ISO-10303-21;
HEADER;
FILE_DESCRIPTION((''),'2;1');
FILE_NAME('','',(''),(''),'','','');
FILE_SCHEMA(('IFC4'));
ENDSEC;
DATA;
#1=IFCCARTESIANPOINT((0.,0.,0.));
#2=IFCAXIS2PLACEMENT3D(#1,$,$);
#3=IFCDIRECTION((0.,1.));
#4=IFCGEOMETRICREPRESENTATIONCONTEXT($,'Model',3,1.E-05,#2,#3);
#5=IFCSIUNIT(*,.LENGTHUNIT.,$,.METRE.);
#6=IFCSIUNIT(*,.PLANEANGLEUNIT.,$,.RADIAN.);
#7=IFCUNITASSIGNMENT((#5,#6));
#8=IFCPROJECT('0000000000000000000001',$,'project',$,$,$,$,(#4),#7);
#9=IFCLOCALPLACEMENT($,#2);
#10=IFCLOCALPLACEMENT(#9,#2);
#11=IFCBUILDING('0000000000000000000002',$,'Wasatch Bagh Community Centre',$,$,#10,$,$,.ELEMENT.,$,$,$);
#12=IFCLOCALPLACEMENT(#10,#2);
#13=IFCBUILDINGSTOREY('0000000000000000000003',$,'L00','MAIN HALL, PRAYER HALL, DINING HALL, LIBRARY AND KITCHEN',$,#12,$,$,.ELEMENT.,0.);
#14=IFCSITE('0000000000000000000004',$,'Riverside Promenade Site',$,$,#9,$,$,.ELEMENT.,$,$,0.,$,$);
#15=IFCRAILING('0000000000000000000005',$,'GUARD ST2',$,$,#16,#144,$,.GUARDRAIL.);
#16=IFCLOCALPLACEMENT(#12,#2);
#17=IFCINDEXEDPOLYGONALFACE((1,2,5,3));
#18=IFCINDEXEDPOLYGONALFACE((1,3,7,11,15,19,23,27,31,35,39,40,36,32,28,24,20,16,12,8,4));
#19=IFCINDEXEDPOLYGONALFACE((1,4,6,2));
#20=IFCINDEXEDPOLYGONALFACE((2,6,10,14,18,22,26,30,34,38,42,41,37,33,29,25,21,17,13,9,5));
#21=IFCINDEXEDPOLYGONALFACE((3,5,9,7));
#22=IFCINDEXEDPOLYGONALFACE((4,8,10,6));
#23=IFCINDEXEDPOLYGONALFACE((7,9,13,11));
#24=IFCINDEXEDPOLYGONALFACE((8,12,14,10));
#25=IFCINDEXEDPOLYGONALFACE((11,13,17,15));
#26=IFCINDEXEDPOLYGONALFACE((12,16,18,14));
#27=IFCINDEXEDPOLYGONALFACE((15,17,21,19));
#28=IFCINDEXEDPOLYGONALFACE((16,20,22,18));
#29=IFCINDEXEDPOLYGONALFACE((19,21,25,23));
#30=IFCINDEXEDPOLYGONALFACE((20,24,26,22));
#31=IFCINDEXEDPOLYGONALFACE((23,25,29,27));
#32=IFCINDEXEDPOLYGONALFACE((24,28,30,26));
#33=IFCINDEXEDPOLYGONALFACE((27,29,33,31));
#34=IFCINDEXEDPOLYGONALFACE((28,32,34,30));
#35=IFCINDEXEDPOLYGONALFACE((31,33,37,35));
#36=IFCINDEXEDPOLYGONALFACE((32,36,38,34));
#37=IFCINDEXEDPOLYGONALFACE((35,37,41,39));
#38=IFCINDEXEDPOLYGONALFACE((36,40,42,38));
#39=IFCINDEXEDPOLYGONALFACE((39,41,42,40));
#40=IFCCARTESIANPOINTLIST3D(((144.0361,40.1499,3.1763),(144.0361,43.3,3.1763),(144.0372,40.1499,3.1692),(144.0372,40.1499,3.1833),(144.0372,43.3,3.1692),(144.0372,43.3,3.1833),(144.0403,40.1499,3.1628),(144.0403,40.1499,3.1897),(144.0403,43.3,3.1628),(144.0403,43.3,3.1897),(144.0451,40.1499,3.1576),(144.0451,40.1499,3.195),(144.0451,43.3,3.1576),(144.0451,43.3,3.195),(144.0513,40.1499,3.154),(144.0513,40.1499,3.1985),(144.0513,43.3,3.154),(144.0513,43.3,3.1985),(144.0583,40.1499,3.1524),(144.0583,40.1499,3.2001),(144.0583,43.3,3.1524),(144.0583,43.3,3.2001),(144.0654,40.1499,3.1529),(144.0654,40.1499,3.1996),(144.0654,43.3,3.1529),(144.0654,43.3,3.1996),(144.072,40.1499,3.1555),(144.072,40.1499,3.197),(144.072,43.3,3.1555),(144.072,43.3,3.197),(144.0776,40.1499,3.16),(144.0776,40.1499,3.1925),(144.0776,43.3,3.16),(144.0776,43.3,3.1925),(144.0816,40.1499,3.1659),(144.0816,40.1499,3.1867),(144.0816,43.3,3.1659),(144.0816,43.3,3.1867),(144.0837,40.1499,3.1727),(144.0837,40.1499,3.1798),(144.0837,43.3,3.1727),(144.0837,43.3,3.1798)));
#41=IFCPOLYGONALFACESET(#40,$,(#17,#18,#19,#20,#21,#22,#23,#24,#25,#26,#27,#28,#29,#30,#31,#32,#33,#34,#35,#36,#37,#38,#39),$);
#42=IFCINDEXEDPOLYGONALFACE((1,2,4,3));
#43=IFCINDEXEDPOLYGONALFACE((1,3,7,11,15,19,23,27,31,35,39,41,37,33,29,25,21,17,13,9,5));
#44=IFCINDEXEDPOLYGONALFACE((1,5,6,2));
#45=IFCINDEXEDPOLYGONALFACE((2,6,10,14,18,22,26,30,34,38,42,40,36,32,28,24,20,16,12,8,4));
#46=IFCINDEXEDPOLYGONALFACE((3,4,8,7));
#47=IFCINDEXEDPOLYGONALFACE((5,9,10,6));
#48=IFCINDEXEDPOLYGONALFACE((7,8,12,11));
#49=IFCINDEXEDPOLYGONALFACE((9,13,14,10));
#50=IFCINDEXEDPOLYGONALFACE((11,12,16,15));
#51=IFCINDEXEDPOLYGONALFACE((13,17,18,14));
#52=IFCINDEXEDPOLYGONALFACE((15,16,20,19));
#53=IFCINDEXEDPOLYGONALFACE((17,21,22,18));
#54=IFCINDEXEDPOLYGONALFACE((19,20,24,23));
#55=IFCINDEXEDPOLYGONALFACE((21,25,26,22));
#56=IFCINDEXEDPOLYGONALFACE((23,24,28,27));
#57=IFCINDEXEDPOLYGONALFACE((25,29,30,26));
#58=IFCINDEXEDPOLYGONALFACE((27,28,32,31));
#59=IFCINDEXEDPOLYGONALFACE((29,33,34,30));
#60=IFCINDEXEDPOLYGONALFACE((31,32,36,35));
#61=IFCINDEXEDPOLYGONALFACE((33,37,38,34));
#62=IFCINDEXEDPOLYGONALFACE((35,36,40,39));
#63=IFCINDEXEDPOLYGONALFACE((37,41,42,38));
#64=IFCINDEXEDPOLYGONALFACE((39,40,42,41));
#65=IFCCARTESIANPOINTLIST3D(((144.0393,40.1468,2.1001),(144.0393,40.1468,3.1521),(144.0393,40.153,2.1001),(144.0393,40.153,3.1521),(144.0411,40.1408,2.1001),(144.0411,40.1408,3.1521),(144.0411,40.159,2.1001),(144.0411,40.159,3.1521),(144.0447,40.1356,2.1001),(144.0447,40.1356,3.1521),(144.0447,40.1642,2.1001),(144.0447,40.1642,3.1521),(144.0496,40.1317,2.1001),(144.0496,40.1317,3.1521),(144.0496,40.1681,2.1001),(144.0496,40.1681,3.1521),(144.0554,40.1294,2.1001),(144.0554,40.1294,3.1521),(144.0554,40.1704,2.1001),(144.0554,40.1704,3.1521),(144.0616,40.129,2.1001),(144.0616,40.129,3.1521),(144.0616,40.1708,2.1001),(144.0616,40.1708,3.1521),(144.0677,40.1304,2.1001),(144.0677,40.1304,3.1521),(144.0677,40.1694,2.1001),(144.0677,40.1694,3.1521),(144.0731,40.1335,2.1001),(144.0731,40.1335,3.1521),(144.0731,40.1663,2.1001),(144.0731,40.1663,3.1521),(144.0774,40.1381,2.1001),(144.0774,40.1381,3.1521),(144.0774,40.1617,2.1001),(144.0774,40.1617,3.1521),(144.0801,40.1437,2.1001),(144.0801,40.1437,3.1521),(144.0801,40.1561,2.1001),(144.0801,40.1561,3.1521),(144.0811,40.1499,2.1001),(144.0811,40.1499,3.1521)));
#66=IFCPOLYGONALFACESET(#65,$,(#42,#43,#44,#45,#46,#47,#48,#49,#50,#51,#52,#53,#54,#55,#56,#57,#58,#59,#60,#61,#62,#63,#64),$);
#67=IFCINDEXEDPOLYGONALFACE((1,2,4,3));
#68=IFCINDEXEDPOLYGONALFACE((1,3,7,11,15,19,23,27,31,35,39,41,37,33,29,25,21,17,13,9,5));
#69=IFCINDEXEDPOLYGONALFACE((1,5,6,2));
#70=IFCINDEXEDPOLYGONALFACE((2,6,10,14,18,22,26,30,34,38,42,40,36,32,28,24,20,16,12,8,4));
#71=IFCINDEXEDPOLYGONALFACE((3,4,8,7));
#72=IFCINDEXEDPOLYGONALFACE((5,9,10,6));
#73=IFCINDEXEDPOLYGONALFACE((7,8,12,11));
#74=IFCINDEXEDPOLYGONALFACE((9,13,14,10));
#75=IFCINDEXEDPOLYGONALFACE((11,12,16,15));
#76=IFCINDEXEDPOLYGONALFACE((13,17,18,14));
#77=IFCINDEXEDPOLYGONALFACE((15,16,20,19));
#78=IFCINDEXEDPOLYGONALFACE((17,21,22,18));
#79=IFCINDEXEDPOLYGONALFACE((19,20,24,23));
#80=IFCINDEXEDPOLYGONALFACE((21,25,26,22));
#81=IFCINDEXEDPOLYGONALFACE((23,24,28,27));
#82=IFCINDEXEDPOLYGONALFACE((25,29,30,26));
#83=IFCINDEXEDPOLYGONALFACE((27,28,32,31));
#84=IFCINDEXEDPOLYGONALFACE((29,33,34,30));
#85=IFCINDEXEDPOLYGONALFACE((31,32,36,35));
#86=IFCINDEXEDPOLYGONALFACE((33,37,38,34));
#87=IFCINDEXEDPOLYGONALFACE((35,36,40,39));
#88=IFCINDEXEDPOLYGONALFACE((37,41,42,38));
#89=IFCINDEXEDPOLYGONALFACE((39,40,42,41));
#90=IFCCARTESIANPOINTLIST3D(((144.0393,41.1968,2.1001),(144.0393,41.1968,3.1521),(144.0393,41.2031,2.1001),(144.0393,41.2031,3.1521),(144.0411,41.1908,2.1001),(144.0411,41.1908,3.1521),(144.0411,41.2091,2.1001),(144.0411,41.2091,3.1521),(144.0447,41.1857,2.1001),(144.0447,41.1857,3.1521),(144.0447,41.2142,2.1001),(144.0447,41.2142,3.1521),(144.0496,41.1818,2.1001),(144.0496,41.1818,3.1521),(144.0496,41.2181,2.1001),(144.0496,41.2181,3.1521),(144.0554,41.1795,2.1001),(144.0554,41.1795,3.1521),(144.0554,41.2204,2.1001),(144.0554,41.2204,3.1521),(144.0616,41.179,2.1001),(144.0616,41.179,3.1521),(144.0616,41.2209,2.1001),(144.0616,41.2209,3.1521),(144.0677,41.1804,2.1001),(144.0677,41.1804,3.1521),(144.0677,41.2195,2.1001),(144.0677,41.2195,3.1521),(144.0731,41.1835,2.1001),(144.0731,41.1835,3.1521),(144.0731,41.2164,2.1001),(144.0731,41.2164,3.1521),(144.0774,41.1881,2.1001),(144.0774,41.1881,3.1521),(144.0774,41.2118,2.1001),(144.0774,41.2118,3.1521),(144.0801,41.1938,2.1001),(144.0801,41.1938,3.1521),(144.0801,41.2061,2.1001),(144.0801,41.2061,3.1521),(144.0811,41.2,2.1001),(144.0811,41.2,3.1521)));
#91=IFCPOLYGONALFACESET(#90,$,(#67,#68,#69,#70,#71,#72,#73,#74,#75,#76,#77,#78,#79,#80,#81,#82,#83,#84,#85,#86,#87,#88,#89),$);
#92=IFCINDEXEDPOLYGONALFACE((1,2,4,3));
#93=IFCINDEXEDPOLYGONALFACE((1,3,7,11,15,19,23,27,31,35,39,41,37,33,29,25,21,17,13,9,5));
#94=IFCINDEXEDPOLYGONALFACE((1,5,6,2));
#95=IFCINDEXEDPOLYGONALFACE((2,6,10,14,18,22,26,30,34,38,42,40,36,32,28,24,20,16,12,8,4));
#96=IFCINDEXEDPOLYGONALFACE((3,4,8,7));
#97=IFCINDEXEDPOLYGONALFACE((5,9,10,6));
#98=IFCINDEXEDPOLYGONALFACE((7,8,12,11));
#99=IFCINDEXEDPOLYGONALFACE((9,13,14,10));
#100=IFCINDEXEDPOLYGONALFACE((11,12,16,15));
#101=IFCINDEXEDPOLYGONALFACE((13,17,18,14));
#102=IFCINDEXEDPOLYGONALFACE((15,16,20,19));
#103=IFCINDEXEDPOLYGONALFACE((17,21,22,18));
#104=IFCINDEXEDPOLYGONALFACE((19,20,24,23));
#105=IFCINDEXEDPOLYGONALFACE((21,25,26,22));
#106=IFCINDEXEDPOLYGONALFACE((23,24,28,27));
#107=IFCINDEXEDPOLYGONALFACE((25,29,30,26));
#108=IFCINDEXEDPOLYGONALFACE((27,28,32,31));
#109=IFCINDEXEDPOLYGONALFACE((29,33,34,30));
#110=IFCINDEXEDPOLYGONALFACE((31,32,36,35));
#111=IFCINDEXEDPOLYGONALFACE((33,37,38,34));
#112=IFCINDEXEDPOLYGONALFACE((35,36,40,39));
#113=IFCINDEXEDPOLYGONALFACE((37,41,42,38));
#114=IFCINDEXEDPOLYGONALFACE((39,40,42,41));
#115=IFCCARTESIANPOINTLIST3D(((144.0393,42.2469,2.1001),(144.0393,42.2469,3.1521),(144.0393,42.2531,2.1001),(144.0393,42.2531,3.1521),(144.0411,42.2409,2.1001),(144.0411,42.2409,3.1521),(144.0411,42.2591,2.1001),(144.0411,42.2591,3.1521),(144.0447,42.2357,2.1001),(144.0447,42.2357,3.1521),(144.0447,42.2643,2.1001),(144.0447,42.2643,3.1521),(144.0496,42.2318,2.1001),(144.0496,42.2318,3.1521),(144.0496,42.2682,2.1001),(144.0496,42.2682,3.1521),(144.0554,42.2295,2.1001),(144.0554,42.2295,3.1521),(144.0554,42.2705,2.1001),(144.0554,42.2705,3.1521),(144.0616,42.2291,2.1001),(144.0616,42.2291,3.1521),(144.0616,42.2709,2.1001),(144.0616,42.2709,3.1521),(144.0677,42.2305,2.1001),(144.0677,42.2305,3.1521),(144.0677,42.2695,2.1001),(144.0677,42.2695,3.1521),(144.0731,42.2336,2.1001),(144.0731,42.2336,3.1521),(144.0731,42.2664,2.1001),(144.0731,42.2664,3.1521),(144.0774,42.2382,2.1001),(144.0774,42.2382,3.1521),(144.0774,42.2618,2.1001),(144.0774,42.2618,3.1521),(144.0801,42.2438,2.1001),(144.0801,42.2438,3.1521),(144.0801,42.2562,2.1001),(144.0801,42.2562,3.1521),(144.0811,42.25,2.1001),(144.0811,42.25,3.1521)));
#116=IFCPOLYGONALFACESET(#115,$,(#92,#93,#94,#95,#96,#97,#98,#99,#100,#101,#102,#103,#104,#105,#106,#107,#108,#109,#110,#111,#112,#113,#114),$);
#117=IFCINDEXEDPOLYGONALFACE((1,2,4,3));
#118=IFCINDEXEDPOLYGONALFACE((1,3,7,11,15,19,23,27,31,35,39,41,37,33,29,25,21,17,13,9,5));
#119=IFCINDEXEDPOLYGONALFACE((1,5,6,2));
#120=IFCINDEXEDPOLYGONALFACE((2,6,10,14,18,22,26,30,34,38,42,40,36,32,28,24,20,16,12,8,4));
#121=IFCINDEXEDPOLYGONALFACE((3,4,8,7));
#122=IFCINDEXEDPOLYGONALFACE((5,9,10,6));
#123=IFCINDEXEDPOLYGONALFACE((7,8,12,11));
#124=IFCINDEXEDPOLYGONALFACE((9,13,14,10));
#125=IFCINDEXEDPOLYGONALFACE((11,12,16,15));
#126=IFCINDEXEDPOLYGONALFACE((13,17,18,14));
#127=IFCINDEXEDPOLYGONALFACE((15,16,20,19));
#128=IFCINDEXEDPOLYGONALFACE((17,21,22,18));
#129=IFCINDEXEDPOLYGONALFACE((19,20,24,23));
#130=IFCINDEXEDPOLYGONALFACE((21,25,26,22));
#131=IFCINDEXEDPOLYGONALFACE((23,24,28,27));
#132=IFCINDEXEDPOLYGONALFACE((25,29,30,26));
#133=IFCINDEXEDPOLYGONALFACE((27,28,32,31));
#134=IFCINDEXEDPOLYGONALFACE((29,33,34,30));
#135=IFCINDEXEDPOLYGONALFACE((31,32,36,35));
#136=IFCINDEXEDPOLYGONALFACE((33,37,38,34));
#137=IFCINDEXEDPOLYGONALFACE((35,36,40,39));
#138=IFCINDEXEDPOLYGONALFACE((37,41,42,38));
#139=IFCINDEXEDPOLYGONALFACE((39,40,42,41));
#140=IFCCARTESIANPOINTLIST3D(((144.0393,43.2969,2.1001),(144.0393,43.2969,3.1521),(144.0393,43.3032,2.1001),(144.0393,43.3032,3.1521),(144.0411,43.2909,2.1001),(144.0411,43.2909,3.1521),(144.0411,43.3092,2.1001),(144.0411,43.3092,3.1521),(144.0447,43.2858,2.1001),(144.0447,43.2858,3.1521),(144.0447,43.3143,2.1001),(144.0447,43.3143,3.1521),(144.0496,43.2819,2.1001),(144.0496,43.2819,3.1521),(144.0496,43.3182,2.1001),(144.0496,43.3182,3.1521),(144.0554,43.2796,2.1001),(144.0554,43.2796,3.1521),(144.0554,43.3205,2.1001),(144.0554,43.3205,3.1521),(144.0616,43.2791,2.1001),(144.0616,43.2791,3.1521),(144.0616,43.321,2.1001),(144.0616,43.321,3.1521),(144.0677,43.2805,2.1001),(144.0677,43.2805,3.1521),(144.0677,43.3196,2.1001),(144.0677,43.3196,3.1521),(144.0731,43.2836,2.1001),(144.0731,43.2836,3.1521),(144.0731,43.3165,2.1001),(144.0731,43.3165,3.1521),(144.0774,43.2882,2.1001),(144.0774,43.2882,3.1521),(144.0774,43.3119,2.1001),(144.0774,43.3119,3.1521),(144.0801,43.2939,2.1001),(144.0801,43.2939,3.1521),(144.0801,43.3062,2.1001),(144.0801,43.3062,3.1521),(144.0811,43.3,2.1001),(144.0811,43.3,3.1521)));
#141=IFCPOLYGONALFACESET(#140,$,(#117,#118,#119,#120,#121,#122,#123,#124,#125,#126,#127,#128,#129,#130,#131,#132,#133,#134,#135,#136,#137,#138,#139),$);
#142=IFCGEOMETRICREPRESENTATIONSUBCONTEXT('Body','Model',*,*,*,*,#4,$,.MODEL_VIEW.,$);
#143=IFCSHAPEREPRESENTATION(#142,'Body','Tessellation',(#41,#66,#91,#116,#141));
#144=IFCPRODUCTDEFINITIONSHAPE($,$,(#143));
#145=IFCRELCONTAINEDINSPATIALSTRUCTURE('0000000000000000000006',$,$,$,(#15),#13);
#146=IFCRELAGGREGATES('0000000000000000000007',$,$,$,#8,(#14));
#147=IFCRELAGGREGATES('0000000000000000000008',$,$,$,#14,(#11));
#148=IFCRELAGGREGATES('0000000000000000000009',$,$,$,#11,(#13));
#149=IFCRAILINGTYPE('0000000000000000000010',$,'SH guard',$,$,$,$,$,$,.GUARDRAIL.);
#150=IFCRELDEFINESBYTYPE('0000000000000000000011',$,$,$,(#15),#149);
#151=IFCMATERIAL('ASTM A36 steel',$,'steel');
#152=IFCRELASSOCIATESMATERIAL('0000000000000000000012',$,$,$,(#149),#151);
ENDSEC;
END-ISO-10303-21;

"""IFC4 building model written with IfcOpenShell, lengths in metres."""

from ifc_helpers import new_model, si_unit, direction, frame, origin, origin_2d, place, context, subcontext, project, spatial, circle, extrude, material, type_object, element, save


model = new_model("IFC4")

# Units and contexts
model_context = context("Model", 3, precision=1e-05, world=origin(), true_north=direction((0.0, 1.0)))
body_context = subcontext(model_context, "Body", "Model", "MODEL_VIEW")
ifc_project = project(units=[si_unit("LENGTHUNIT", "METRE"), si_unit("PLANEANGLEUNIT", "RADIAN")], contexts=[model_context])

# Site, building, storey
site_placement = place(None, origin())
site = spatial("IfcSite", under=ifc_project, at=site_placement, Name="Riverside Promenade Site", CompositionType="ELEMENT", RefElevation=0.0)
building_placement = place(site_placement, origin())
building = spatial("IfcBuilding", under=site, at=building_placement, Name="Wasatch Bagh Community Centre", CompositionType="ELEMENT")
storey_placement = place(building_placement, origin())
storey = spatial("IfcBuildingStorey", under=building, at=storey_placement, Name="L00", Description="MAIN HALL, PRAYER HALL, DINING HALL, LIBRARY AND KITCHEN", CompositionType="ELEMENT", Elevation=0.0)

# Railing
ifc_material_1 = material(Name="ASTM A36 steel", Category="steel")
railing_type_1 = type_object("IfcRailingType", Name="SH guard", PredefinedType="GUARDRAIL", material=ifc_material_1)
railing_1_placement = place(storey_placement, frame((144.0601, 40.1499, 2.1001)))
element("IfcRailing", 1, at=railing_1_placement, inside=storey, type_object=railing_type_1, Name="GUARD ST2", PredefinedType="GUARDRAIL", context=body_context, shape_type="SweptSolid", body=[
    extrude(circle(Radius=0.0239, at=origin_2d()), frame((0.0, 0.0, 1.0762), z_axis=(0.0, 1.0, 0.0), x_axis=(-1.0, 0.0, 0.0)), (0.0, 0.0, 1.0), 3.1501),
    extrude(circle(Radius=0.021, at=origin_2d()), origin(), (0.0, 0.0, 1.0), 1.052),
    extrude(circle(Radius=0.021, at=origin_2d()), frame((0.0, 1.05, 0.0)), (0.0, 0.0, 1.0), 1.052),
    extrude(circle(Radius=0.021, at=origin_2d()), frame((0.0, 2.1001, 0.0)), (0.0, 0.0, 1.0), 1.052),
    extrude(circle(Radius=0.021, at=origin_2d()), frame((0.0, 3.1501, 0.0)), (0.0, 0.0, 1.0), 1.052),
])

save(model, "model.ifc")
